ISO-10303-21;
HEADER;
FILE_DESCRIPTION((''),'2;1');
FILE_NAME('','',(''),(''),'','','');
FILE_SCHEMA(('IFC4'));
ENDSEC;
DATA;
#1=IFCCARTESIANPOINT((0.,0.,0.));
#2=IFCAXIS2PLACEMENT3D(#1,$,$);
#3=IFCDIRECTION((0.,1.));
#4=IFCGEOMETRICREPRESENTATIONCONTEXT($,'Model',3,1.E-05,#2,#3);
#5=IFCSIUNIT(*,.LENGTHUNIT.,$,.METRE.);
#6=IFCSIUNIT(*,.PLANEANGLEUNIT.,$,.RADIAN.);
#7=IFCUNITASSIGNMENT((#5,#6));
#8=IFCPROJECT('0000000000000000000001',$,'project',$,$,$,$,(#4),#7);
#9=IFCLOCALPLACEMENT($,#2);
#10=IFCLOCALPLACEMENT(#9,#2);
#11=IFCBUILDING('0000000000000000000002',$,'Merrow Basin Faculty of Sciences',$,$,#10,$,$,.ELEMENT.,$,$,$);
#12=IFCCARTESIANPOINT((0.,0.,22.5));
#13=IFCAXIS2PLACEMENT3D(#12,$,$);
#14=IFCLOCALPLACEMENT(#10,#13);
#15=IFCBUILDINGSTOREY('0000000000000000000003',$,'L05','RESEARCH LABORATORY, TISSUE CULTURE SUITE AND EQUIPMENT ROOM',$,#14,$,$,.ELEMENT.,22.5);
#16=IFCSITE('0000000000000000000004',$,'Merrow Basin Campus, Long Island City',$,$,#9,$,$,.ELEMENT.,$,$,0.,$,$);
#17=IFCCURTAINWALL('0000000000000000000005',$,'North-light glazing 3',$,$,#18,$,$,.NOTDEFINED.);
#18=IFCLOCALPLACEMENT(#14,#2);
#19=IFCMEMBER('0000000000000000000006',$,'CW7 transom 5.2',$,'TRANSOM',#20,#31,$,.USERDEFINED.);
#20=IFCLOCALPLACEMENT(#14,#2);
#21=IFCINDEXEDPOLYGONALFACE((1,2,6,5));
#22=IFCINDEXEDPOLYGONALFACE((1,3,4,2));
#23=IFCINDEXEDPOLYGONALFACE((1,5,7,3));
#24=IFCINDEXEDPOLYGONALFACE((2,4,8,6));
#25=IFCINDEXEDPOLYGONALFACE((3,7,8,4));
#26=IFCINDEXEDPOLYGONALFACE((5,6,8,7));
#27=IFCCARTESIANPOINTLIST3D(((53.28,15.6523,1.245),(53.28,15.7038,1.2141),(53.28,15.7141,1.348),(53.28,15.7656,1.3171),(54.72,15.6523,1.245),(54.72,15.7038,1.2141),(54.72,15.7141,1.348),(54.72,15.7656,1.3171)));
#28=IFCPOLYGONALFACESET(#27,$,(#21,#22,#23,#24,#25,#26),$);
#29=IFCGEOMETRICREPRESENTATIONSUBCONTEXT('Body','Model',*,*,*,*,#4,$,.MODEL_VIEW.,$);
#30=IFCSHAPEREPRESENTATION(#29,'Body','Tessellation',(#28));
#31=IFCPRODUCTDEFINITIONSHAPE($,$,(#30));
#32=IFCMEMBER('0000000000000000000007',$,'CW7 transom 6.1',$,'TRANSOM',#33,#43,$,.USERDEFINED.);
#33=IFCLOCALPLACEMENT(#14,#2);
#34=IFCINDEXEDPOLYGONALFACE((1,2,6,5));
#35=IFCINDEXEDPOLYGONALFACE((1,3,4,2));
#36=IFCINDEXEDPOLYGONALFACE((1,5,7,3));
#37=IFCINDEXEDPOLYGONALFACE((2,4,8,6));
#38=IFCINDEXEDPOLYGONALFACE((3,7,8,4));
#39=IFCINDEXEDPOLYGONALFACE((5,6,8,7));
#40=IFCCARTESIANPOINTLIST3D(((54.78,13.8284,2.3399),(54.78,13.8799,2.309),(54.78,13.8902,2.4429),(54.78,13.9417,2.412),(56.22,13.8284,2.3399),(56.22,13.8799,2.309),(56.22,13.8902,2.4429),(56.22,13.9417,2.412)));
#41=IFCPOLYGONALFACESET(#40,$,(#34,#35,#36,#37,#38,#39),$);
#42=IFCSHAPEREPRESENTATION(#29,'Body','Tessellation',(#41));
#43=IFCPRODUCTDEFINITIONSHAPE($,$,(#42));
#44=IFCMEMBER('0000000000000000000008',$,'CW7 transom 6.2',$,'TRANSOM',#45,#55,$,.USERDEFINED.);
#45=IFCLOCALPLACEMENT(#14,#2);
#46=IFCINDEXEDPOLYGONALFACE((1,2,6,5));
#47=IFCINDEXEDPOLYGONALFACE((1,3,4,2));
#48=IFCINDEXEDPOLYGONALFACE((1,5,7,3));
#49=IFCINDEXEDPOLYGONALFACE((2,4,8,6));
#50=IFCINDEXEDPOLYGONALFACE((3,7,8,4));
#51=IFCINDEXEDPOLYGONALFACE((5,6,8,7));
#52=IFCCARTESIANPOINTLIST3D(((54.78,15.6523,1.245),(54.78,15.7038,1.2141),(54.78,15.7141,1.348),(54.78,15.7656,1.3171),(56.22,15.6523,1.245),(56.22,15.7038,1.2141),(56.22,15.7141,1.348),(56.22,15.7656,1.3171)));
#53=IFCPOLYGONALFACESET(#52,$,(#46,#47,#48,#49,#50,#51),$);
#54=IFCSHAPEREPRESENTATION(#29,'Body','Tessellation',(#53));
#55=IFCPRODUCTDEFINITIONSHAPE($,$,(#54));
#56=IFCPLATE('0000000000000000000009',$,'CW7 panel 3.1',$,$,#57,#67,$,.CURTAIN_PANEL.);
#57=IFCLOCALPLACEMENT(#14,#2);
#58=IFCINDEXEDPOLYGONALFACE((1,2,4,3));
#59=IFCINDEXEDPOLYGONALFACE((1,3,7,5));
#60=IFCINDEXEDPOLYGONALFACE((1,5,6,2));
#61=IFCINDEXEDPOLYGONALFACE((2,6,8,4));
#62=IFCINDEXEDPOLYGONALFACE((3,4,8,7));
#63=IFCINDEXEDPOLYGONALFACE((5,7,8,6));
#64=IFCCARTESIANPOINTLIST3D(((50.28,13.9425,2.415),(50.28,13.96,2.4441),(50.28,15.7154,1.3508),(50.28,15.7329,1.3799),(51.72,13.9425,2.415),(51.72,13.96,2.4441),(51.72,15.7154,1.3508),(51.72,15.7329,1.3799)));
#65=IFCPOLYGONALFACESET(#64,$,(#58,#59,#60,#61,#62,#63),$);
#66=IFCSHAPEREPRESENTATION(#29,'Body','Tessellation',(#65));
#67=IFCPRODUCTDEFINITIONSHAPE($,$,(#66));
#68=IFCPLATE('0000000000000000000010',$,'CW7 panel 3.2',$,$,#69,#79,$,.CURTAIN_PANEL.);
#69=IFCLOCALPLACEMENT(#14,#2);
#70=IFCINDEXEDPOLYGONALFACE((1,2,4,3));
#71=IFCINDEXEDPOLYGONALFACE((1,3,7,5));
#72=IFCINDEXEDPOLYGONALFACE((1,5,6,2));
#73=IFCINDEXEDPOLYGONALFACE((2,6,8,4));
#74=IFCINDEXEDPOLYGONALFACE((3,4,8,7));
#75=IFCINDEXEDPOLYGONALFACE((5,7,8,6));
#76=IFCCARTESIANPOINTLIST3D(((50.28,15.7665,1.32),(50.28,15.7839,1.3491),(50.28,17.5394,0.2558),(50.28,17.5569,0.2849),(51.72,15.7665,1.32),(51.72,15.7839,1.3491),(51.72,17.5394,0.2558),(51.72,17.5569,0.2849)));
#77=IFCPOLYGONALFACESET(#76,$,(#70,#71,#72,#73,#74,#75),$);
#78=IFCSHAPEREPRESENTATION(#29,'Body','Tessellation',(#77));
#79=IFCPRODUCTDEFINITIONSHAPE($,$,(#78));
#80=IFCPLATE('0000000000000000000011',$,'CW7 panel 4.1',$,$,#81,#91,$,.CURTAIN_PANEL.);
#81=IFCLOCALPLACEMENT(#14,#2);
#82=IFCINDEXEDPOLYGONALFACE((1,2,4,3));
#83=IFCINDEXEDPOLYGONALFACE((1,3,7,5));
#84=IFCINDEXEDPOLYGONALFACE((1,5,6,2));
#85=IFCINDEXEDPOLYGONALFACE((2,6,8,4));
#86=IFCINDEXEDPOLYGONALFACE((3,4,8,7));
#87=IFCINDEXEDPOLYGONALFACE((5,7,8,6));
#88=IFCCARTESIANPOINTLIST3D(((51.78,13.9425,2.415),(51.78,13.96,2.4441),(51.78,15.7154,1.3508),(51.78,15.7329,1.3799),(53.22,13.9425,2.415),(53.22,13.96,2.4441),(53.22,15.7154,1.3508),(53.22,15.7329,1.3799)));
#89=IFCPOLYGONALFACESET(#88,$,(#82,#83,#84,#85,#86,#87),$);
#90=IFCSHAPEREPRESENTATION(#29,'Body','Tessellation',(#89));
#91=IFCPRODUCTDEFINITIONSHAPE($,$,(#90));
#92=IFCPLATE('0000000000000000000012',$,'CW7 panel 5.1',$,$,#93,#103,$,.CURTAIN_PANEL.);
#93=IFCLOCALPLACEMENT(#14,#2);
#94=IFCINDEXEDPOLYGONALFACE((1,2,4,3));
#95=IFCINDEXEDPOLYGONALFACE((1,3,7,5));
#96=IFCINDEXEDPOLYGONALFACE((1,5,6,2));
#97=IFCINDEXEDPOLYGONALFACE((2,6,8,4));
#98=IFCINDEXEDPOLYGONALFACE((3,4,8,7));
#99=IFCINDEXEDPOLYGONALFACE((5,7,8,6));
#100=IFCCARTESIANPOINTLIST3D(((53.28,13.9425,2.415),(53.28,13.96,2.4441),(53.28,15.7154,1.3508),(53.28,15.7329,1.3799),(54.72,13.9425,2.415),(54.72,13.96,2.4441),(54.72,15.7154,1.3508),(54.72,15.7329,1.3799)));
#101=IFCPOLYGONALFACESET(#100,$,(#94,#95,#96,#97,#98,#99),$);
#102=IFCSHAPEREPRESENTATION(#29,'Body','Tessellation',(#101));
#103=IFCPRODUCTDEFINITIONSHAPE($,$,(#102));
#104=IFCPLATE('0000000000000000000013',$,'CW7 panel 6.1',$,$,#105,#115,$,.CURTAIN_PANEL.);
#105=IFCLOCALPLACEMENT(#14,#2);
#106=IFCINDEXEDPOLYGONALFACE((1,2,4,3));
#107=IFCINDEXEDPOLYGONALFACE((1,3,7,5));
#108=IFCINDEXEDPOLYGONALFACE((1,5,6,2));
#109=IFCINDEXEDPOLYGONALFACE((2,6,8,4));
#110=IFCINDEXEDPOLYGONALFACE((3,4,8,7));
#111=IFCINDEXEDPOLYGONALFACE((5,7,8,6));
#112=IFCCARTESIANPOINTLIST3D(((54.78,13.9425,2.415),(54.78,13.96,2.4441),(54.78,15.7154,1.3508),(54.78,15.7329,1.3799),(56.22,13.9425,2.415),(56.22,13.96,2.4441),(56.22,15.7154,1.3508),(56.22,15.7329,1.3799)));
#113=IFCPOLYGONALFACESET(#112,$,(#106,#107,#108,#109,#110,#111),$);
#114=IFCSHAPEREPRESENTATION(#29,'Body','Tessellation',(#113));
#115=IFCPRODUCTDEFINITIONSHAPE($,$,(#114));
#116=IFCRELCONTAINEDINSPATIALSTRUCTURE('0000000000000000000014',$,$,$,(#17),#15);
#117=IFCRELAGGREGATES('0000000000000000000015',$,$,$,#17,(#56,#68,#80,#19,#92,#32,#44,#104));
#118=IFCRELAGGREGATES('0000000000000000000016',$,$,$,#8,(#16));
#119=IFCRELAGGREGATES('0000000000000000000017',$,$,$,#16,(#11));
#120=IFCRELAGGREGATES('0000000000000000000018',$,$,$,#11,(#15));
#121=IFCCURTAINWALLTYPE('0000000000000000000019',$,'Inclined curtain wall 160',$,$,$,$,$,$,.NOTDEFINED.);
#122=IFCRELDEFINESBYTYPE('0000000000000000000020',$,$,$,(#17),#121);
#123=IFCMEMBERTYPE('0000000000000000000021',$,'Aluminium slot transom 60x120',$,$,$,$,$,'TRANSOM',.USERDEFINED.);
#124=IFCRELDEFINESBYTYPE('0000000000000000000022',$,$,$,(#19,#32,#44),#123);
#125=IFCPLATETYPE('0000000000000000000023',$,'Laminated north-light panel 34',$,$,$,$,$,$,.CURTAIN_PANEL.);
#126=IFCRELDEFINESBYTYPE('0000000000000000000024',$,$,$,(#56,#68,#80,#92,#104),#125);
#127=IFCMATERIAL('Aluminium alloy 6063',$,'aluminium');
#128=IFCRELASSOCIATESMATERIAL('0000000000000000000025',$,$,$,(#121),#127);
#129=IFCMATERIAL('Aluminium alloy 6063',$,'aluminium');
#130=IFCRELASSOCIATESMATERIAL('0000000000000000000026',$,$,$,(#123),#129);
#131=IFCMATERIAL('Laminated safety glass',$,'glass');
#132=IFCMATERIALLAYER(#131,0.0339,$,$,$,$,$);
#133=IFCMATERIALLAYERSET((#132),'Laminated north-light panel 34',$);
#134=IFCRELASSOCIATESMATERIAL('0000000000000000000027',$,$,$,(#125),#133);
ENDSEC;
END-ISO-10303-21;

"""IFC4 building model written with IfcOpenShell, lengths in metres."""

from ifc_helpers import new_model, si_unit, direction, frame, origin, origin_2d, place, context, subcontext, project, spatial, polyline, rectangle, outline, extrude, material, layer, layer_set, material_profile, profile_set, type_object, element, aggregate, save


model = new_model("IFC4")

# Units and contexts
model_context = context("Model", 3, precision=1e-05, world=origin(), true_north=direction((0.0, 1.0)))
body_context = subcontext(model_context, "Body", "Model", "MODEL_VIEW")
ifc_project = project(units=[si_unit("LENGTHUNIT", "METRE"), si_unit("PLANEANGLEUNIT", "RADIAN")], contexts=[model_context])

# Site, building, storey
site_placement = place(None, origin())
site = spatial("IfcSite", under=ifc_project, at=site_placement, Name="Merrow Basin Campus, Long Island City", CompositionType="ELEMENT", RefElevation=0.0)
building_placement = place(site_placement, origin())
building = spatial("IfcBuilding", under=site, at=building_placement, Name="Merrow Basin Faculty of Sciences", CompositionType="ELEMENT")
storey_placement = place(building_placement, frame((0.0, 0.0, 22.5)))
storey = spatial("IfcBuildingStorey", under=building, at=storey_placement, Name="L05", Description="RESEARCH LABORATORY, TISSUE CULTURE SUITE AND EQUIPMENT ROOM", CompositionType="ELEMENT", Elevation=22.5)

# Curtain wall
ifc_material_1 = material(Name="Aluminium alloy 6063", Category="aluminium")
curtain_wall_type = type_object("IfcCurtainWallType", Name="Inclined curtain wall 160", PredefinedType="NOTDEFINED", material=ifc_material_1)
curtain_wall_1_placement = place(storey_placement, origin())
curtain_wall_1 = element("IfcCurtainWall", 1, at=curtain_wall_1_placement, inside=storey, type_object=curtain_wall_type, Name="North-light glazing 3", PredefinedType="NOTDEFINED")
ifc_material_2 = material(Name="Aluminium alloy 6063", Category="aluminium")
ifc_material_profile_1 = material_profile(ifc_material_2, rectangle(XDim=0.0601, YDim=0.1201, at=origin_2d()))
ifc_profile_set_1 = profile_set([ifc_material_profile_1], Name="Aluminium alloy 6063")
member_type_1 = type_object("IfcMemberType", Name="Aluminium slot transom 60x120", ElementType="TRANSOM", PredefinedType="USERDEFINED", material=ifc_profile_set_1)

# Members
member_1_placement = place(storey_placement, frame((53.28, 15.709, 1.281), z_axis=(1.0, 0.0, 0.0), x_axis=(0.0, 0.857493, -0.514496)))
member_1 = element("IfcMember", 2, at=member_1_placement, type_object=member_type_1, Name="CW7 transom 5.2", ObjectType="TRANSOM", PredefinedType="USERDEFINED", context=body_context, shape_type="SweptSolid", body=[
    extrude(rectangle(XDim=0.0601, YDim=0.1201, at=origin_2d()), origin(), (0.0, 0.0, 1.0), 1.4399),
])
member_2_placement = place(storey_placement, frame((54.78, 13.885, 2.376), z_axis=(1.0, 0.0, 0.0), x_axis=(0.0, 0.857493, -0.514496)))
member_2 = element("IfcMember", 3, at=member_2_placement, type_object=member_type_1, Name="CW7 transom 6.1", ObjectType="TRANSOM", PredefinedType="USERDEFINED", context=body_context, shape_type="SweptSolid", body=[
    extrude(rectangle(XDim=0.0601, YDim=0.1201, at=origin_2d()), origin(), (0.0, 0.0, 1.0), 1.4399),
])
member_3_placement = place(storey_placement, frame((54.78, 15.709, 1.281), z_axis=(1.0, 0.0, 0.0), x_axis=(0.0, 0.857493, -0.514496)))
member_3 = element("IfcMember", 4, at=member_3_placement, type_object=member_type_1, Name="CW7 transom 6.2", ObjectType="TRANSOM", PredefinedType="USERDEFINED", context=body_context, shape_type="SweptSolid", body=[
    extrude(rectangle(XDim=0.0601, YDim=0.1201, at=origin_2d()), origin(), (0.0, 0.0, 1.0), 1.4399),
])

# Plates
ifc_material_3 = material(Name="Laminated safety glass", Category="glass")
ifc_layer = layer(ifc_material_3, 0.0339)
ifc_layer_set = layer_set([ifc_layer], Name="Laminated north-light panel 34")
plate_type = type_object("IfcPlateType", Name="Laminated north-light panel 34", PredefinedType="CURTAIN_PANEL", material=ifc_layer_set)
plate_1_placement = place(storey_placement, frame((50.28, 13.96, 2.4441), z_axis=(0.0, 0.514652, 0.857399), x_axis=(1.0, 0.0, 0.0)))
plate_1 = element("IfcPlate", 5, at=plate_1_placement, type_object=plate_type, Name="CW7 panel 3.1", PredefinedType="CURTAIN_PANEL", context=body_context, shape_type="SweptSolid", body=[
    extrude(outline(polyline([(0.0, 0.0), (1.4399, 0.0), (1.4399, 2.0678), (0.0, 2.0678), (0.0, 0.0)])), origin(), (0.0, 0.0, -1.0), 0.0339),
])
plate_2_placement = place(storey_placement, frame((50.28, 15.7839, 1.3491), z_axis=(0.0, 0.514652, 0.857399), x_axis=(1.0, 0.0, 0.0)))
plate_2 = element("IfcPlate", 6, at=plate_2_placement, type_object=plate_type, Name="CW7 panel 3.2", PredefinedType="CURTAIN_PANEL", context=body_context, shape_type="SweptSolid", body=[
    extrude(outline(polyline([(0.0, 0.0), (1.4399, 0.0), (1.4399, 2.0678), (0.0, 2.0678), (0.0, 0.0)])), origin(), (0.0, 0.0, -1.0), 0.0339),
])
plate_3_placement = place(storey_placement, frame((51.78, 13.96, 2.4441), z_axis=(0.0, 0.514652, 0.857399), x_axis=(1.0, 0.0, 0.0)))
plate_3 = element("IfcPlate", 7, at=plate_3_placement, type_object=plate_type, Name="CW7 panel 4.1", PredefinedType="CURTAIN_PANEL", context=body_context, shape_type="SweptSolid", body=[
    extrude(outline(polyline([(0.0, 0.0), (1.4399, 0.0), (1.4399, 2.0678), (0.0, 2.0678), (0.0, 0.0)])), origin(), (0.0, 0.0, -1.0), 0.0339),
])
plate_4_placement = place(storey_placement, frame((53.28, 13.96, 2.4441), z_axis=(0.0, 0.514652, 0.857399), x_axis=(1.0, 0.0, 0.0)))
plate_4 = element("IfcPlate", 8, at=plate_4_placement, type_object=plate_type, Name="CW7 panel 5.1", PredefinedType="CURTAIN_PANEL", context=body_context, shape_type="SweptSolid", body=[
    extrude(outline(polyline([(0.0, 0.0), (1.4399, 0.0), (1.4399, 2.0678), (0.0, 2.0678), (0.0, 0.0)])), origin(), (0.0, 0.0, -1.0), 0.0339),
])
plate_5_placement = place(storey_placement, frame((54.78, 13.96, 2.4441), z_axis=(0.0, 0.514652, 0.857399), x_axis=(1.0, 0.0, 0.0)))
plate_5 = element("IfcPlate", 9, at=plate_5_placement, type_object=plate_type, Name="CW7 panel 6.1", PredefinedType="CURTAIN_PANEL", context=body_context, shape_type="SweptSolid", body=[
    extrude(outline(polyline([(0.0, 0.0), (1.4399, 0.0), (1.4399, 2.0678), (0.0, 2.0678), (0.0, 0.0)])), origin(), (0.0, 0.0, -1.0), 0.0339),
])
aggregate(curtain_wall_1, [plate_1, plate_2, plate_3, member_1, plate_4, member_2, member_3, plate_5])

save(model, "model.ifc")
